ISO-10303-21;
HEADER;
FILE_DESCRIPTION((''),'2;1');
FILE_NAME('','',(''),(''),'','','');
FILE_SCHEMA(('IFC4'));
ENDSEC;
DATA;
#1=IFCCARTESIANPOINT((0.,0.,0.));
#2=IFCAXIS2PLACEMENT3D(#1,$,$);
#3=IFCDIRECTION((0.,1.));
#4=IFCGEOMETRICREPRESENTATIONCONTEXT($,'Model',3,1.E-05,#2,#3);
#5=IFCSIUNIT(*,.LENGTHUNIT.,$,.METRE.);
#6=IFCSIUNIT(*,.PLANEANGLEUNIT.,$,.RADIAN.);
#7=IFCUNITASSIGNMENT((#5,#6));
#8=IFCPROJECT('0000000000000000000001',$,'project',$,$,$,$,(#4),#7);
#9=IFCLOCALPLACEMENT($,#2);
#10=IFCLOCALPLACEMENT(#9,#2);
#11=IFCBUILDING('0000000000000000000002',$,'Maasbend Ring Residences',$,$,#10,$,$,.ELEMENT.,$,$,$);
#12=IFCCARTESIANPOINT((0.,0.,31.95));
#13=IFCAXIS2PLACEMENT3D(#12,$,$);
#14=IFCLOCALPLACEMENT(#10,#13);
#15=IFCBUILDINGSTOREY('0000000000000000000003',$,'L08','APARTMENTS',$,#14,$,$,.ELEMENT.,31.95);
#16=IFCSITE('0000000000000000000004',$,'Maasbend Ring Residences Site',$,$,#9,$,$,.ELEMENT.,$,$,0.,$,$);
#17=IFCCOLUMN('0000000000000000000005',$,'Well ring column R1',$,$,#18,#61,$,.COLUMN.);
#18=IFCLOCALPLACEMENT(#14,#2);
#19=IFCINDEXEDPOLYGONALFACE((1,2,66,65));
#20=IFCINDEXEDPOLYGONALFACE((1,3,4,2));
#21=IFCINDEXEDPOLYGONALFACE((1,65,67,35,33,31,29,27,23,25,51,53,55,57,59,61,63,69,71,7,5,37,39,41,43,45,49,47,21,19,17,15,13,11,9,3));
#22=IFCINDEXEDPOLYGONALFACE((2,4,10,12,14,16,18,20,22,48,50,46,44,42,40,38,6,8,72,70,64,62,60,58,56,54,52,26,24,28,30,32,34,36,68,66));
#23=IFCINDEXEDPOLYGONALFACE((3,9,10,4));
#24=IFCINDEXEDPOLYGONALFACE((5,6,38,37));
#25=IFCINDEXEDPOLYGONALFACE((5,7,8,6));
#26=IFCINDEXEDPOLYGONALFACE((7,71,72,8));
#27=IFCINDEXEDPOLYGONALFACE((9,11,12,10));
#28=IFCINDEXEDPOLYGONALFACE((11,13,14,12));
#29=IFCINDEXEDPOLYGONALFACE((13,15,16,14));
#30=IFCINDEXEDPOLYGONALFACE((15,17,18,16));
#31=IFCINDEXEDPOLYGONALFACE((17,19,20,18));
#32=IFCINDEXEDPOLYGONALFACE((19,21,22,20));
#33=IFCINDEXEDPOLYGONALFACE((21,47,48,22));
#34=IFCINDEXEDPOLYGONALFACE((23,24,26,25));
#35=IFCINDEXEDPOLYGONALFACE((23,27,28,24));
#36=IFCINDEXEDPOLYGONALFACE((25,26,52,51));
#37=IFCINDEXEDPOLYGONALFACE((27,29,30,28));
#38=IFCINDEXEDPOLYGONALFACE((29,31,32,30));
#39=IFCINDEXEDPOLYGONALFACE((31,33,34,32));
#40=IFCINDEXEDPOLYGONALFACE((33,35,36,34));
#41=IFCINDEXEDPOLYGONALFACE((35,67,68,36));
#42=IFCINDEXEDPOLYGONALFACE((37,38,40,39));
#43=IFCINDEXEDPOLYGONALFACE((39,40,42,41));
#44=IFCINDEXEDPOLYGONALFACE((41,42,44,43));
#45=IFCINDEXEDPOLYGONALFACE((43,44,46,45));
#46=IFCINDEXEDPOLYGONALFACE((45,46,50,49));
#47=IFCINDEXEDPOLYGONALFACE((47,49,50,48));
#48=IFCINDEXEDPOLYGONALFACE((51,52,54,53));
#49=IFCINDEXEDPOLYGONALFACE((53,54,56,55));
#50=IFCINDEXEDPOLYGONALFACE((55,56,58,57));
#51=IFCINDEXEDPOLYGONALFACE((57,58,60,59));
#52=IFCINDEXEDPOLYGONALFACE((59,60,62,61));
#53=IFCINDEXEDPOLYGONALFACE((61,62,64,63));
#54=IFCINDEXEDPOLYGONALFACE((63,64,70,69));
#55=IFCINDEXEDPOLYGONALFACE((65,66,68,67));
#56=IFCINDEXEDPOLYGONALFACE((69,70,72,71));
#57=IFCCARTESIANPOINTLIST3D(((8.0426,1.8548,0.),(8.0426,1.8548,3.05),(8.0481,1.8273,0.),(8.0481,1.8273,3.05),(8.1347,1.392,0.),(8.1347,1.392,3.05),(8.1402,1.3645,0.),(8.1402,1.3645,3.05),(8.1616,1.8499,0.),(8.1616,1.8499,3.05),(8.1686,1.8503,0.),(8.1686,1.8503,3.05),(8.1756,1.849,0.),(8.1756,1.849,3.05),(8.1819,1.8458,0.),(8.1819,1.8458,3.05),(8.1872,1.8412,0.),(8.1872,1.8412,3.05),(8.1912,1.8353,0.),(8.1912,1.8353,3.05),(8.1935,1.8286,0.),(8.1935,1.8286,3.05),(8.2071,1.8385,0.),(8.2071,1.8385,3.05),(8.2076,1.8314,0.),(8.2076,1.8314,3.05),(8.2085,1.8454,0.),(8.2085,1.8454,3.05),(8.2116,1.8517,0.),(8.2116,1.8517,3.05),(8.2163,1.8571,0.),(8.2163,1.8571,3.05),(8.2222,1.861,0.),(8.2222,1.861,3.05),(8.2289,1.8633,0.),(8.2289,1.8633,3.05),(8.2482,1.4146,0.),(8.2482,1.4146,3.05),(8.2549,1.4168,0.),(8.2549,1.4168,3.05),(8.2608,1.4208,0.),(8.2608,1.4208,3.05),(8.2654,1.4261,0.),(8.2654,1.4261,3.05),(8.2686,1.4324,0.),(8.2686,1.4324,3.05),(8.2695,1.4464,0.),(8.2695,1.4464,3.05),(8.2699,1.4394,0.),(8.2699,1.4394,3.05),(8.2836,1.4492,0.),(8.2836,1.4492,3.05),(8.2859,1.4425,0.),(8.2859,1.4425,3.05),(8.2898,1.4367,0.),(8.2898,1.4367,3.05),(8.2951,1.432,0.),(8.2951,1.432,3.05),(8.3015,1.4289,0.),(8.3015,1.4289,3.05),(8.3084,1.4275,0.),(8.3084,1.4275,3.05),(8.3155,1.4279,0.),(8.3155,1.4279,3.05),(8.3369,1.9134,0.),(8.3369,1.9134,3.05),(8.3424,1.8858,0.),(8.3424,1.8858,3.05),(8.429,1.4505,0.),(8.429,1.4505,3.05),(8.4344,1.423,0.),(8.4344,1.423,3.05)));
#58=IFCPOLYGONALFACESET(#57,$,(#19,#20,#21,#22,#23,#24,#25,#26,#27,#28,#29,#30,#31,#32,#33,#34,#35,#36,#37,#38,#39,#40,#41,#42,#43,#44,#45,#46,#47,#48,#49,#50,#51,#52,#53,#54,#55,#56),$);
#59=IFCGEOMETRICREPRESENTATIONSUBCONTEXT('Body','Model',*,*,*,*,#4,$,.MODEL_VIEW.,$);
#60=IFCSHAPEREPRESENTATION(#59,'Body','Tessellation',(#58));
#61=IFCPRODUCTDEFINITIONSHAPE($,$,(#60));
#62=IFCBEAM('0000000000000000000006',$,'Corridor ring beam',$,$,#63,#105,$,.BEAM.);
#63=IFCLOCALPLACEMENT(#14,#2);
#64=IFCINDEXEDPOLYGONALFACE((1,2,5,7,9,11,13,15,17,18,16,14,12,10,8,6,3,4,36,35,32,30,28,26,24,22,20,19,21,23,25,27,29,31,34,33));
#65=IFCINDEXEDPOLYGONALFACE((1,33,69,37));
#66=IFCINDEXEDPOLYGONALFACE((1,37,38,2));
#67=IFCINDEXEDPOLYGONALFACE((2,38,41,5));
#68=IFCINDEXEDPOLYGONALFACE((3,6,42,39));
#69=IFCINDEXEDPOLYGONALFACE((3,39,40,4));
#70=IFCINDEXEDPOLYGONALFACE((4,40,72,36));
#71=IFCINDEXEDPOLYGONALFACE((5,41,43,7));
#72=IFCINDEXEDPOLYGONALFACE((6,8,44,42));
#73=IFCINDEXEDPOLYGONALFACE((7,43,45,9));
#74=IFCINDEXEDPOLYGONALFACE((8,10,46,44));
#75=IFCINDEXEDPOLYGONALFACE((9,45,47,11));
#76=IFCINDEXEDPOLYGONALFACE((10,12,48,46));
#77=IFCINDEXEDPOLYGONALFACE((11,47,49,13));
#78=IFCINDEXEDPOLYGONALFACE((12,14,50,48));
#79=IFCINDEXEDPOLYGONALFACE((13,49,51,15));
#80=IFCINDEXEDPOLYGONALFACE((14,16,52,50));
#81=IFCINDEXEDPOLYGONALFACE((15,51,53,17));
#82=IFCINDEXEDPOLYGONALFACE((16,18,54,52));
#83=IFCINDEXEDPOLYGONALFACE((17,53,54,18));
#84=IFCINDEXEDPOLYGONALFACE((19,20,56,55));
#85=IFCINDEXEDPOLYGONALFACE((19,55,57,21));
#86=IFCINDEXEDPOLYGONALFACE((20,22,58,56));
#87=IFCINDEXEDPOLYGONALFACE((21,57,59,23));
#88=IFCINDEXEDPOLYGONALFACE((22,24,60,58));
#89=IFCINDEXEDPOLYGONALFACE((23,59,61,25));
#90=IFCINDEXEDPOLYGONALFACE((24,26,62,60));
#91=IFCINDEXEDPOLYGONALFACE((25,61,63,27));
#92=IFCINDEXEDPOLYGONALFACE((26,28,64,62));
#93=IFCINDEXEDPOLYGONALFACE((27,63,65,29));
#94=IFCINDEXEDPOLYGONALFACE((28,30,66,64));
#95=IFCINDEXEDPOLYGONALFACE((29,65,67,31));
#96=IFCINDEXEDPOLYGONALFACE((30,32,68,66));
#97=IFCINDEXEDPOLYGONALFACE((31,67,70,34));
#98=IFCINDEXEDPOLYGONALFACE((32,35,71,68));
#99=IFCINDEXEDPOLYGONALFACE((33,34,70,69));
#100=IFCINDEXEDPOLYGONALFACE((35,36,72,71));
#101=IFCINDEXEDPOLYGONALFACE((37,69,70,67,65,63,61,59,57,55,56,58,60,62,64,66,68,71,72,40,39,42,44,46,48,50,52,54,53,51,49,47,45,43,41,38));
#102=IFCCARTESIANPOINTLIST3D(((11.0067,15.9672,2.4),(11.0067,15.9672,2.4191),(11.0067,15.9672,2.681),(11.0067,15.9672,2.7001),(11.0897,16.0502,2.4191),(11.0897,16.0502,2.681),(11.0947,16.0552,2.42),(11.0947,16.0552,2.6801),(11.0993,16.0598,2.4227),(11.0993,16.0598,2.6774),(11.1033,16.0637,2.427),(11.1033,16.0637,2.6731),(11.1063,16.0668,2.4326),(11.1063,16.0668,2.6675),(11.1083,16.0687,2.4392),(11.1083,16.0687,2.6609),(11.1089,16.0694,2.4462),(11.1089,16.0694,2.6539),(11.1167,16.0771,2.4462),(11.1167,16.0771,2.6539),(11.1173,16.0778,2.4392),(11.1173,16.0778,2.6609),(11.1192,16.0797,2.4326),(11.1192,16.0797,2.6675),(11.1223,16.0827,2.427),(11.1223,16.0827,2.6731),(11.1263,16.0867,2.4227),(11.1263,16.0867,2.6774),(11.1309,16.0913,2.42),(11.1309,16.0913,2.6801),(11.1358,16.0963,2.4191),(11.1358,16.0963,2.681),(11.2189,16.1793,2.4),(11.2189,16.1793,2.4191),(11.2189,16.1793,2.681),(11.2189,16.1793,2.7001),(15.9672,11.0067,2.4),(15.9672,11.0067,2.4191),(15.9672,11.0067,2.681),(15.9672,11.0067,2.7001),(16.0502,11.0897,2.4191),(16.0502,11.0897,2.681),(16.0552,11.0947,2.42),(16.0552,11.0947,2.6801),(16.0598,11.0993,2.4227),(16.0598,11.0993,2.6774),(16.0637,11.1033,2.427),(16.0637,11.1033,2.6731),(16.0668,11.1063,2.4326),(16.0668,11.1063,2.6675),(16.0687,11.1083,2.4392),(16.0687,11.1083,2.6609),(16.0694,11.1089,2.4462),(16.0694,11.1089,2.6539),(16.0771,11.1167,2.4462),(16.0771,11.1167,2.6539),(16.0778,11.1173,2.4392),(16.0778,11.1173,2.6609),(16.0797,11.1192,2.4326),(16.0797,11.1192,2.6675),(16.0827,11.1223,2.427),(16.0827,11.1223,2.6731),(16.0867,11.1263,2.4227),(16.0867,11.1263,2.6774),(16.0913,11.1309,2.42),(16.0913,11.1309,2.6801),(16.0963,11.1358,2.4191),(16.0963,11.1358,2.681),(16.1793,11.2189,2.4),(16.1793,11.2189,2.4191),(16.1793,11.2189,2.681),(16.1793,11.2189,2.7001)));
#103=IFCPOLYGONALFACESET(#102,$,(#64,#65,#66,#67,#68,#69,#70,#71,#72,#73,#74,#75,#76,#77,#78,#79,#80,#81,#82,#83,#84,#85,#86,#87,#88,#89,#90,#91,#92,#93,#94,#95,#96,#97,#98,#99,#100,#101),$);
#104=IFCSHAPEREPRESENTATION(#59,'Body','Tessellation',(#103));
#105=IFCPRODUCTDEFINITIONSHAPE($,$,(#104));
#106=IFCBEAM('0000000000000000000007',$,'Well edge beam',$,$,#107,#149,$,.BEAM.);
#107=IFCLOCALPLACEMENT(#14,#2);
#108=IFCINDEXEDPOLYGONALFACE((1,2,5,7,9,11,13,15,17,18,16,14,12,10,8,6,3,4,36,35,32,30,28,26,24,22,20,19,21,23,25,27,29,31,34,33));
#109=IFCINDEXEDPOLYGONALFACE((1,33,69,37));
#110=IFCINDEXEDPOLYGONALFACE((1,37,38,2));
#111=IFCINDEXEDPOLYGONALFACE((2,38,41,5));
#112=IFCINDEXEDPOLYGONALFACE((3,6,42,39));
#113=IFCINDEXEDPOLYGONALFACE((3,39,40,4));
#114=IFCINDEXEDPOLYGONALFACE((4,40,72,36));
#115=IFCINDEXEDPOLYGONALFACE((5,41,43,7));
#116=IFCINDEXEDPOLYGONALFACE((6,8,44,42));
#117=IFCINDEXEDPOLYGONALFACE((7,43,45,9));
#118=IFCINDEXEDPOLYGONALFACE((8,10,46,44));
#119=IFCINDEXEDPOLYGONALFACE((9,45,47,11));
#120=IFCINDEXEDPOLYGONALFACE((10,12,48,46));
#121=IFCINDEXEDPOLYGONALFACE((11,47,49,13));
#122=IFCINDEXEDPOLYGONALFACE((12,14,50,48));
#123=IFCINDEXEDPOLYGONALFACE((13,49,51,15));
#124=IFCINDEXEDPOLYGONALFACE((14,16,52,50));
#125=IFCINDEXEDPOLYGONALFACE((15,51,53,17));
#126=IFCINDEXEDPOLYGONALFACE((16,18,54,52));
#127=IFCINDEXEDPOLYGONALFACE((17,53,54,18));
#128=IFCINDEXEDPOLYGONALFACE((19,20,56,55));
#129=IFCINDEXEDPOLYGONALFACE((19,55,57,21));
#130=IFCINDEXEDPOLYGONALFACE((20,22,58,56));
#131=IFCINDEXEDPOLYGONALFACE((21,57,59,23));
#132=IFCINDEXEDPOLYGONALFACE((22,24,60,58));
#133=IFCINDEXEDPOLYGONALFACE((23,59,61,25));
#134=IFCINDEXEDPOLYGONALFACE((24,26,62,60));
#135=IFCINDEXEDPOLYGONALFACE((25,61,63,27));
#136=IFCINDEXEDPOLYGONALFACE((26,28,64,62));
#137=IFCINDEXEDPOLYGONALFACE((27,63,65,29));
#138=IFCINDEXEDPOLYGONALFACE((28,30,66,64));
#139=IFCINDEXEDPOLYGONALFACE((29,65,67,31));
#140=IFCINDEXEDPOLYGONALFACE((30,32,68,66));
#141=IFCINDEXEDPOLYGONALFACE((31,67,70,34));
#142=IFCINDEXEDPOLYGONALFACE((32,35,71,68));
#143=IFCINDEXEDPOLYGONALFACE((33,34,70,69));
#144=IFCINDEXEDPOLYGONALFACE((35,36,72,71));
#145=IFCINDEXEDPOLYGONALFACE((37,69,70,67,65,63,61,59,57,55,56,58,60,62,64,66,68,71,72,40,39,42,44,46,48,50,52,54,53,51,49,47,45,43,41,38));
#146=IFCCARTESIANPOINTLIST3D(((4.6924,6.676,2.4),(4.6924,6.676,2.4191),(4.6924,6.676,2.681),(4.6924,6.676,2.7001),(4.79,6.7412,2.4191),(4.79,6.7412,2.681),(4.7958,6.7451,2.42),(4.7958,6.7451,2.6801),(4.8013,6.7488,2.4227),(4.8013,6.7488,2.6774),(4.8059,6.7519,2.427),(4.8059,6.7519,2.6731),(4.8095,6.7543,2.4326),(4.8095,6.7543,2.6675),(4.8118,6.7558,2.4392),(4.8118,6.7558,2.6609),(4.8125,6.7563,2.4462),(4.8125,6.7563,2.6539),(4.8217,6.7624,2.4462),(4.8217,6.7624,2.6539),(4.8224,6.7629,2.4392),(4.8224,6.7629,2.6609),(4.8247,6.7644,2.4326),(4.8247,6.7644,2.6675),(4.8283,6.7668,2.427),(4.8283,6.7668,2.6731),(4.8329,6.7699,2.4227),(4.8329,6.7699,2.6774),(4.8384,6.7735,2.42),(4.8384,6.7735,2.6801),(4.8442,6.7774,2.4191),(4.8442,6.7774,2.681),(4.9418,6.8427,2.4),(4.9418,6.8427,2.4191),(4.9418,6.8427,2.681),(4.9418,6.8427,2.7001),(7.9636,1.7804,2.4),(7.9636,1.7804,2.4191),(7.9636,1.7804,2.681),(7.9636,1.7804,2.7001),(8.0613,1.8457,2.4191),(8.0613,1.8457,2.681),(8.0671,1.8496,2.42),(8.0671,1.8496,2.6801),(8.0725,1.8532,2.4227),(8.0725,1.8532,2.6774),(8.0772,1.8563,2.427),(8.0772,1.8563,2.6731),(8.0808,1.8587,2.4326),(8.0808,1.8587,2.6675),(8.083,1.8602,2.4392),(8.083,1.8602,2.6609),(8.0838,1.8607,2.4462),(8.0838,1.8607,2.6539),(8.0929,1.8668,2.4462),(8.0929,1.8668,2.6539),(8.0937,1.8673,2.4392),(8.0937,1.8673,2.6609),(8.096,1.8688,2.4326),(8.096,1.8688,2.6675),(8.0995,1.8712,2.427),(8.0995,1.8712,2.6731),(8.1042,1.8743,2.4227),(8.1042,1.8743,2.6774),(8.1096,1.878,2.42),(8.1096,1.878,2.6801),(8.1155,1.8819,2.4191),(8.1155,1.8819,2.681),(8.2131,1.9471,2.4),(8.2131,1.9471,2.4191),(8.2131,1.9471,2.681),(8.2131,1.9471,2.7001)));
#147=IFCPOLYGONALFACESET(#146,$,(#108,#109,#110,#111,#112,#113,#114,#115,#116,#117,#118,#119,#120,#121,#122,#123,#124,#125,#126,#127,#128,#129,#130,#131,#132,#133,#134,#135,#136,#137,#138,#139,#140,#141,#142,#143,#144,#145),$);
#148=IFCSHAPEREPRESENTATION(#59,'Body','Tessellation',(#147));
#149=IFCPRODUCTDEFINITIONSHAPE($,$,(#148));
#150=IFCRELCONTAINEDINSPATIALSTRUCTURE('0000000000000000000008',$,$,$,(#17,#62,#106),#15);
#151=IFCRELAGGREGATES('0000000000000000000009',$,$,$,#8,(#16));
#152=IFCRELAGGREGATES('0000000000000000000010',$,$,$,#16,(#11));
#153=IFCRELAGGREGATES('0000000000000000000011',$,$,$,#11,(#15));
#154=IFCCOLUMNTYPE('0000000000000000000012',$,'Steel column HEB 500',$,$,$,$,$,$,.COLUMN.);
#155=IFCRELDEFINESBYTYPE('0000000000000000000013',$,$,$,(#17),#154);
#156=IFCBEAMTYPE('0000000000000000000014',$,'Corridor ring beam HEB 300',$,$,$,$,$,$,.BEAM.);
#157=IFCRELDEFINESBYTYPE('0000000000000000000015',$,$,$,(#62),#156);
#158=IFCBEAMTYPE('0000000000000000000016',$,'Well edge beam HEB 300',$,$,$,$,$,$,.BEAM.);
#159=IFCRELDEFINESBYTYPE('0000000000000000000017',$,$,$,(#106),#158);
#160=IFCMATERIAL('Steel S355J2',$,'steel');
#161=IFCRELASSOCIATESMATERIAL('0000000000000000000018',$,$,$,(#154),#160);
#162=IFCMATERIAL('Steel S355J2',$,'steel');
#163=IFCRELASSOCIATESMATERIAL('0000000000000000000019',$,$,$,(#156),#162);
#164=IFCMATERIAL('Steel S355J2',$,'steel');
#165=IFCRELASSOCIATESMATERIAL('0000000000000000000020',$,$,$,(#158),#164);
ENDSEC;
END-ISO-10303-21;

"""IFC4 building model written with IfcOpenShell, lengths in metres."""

from ifc_helpers import new_model, si_unit, direction, frame, origin, origin_2d, place, context, subcontext, project, spatial, i_section, extrude, material, material_profile, profile_set, type_object, element, save


model = new_model("IFC4")

# Units and contexts
model_context = context("Model", 3, precision=1e-05, world=origin(), true_north=direction((0.0, 1.0)))
body_context = subcontext(model_context, "Body", "Model", "MODEL_VIEW")
ifc_project = project(units=[si_unit("LENGTHUNIT", "METRE"), si_unit("PLANEANGLEUNIT", "RADIAN")], contexts=[model_context])

# Site, building, storey
site_placement = place(None, origin())
site = spatial("IfcSite", under=ifc_project, at=site_placement, Name="Maasbend Ring Residences Site", CompositionType="ELEMENT", RefElevation=0.0)
building_placement = place(site_placement, origin())
building = spatial("IfcBuilding", under=site, at=building_placement, Name="Maasbend Ring Residences", CompositionType="ELEMENT")
storey_placement = place(building_placement, frame((0.0, 0.0, 31.95)))
storey = spatial("IfcBuildingStorey", under=building, at=storey_placement, Name="L08", Description="APARTMENTS", CompositionType="ELEMENT", Elevation=31.95)

# Column
ifc_material_1 = material(Name="Steel S355J2", Category="steel")
ifc_material_profile_1 = material_profile(ifc_material_1, i_section(OverallWidth=0.3, OverallDepth=0.5, WebThickness=0.0144, FlangeThickness=0.0281, FilletRadius=0.0271, at=origin_2d()), Name="HEB 500")
ifc_profile_set_1 = profile_set([ifc_material_profile_1], Name="Steel S355J2")
column_type = type_object("IfcColumnType", Name="Steel column HEB 500", PredefinedType="COLUMN", material=ifc_profile_set_1)
column_placement = place(storey_placement, frame((8.2385, 1.6389, 0.0), z_axis=(0.0, 0.0, 1.0), x_axis=(0.980785, 0.19509, 0.0)))
element("IfcColumn", 1, at=column_placement, inside=storey, type_object=column_type, Name="Well ring column R1", PredefinedType="COLUMN", context=body_context, shape_type="SweptSolid", body=[
    extrude(i_section(OverallWidth=0.3, OverallDepth=0.5, WebThickness=0.0144, FlangeThickness=0.0281, FilletRadius=0.0271, at=origin_2d()), origin(), (0.0, 0.0, 1.0), 3.05),
])

# Beams
ifc_material_2 = material(Name="Steel S355J2", Category="steel")
ifc_material_profile_2 = material_profile(ifc_material_2, i_section(OverallWidth=0.3, OverallDepth=0.3, WebThickness=0.011, FlangeThickness=0.019, FilletRadius=0.0271, at=origin_2d()), Name="HEB 300")
ifc_profile_set_2 = profile_set([ifc_material_profile_2], Name="Steel S355J2")
beam_type_1 = type_object("IfcBeamType", Name="Corridor ring beam HEB 300", PredefinedType="BEAM", material=ifc_profile_set_2)
beam_1_placement = place(storey_placement, frame((16.0732, 11.1128, 2.55), z_axis=(-0.707107, 0.707107, 0.0), x_axis=(-0.707107, -0.707107, 0.0)))
element("IfcBeam", 2, at=beam_1_placement, inside=storey, type_object=beam_type_1, Name="Corridor ring beam", PredefinedType="BEAM", context=body_context, shape_type="SweptSolid", body=[
    extrude(i_section(OverallWidth=0.3, OverallDepth=0.3, WebThickness=0.011, FlangeThickness=0.019, FilletRadius=0.0271, at=origin_2d()), origin(), (0.0, 0.0, 1.0), 7.0151),
])
ifc_material_3 = material(Name="Steel S355J2", Category="steel")
ifc_material_profile_3 = material_profile(ifc_material_3, i_section(OverallWidth=0.3, OverallDepth=0.3, WebThickness=0.011, FlangeThickness=0.019, FilletRadius=0.0271, at=origin_2d()), Name="HEB 300")
ifc_profile_set_3 = profile_set([ifc_material_profile_3], Name="Steel S355J2")
beam_type_2 = type_object("IfcBeamType", Name="Well edge beam HEB 300", PredefinedType="BEAM", material=ifc_profile_set_3)
beam_2_placement = place(storey_placement, frame((8.0884, 1.8638, 2.55), z_axis=(-0.55559, 0.831457, 0.0), x_axis=(-0.831457, -0.55559, 0.0)))
element("IfcBeam", 3, at=beam_2_placement, inside=storey, type_object=beam_type_2, Name="Well edge beam", PredefinedType="BEAM", context=body_context, shape_type="SweptSolid", body=[
    extrude(i_section(OverallWidth=0.3, OverallDepth=0.3, WebThickness=0.011, FlangeThickness=0.019, FilletRadius=0.0271, at=origin_2d()), origin(), (0.0, 0.0, 1.0), 5.8879),
])

save(model, "model.ifc")
